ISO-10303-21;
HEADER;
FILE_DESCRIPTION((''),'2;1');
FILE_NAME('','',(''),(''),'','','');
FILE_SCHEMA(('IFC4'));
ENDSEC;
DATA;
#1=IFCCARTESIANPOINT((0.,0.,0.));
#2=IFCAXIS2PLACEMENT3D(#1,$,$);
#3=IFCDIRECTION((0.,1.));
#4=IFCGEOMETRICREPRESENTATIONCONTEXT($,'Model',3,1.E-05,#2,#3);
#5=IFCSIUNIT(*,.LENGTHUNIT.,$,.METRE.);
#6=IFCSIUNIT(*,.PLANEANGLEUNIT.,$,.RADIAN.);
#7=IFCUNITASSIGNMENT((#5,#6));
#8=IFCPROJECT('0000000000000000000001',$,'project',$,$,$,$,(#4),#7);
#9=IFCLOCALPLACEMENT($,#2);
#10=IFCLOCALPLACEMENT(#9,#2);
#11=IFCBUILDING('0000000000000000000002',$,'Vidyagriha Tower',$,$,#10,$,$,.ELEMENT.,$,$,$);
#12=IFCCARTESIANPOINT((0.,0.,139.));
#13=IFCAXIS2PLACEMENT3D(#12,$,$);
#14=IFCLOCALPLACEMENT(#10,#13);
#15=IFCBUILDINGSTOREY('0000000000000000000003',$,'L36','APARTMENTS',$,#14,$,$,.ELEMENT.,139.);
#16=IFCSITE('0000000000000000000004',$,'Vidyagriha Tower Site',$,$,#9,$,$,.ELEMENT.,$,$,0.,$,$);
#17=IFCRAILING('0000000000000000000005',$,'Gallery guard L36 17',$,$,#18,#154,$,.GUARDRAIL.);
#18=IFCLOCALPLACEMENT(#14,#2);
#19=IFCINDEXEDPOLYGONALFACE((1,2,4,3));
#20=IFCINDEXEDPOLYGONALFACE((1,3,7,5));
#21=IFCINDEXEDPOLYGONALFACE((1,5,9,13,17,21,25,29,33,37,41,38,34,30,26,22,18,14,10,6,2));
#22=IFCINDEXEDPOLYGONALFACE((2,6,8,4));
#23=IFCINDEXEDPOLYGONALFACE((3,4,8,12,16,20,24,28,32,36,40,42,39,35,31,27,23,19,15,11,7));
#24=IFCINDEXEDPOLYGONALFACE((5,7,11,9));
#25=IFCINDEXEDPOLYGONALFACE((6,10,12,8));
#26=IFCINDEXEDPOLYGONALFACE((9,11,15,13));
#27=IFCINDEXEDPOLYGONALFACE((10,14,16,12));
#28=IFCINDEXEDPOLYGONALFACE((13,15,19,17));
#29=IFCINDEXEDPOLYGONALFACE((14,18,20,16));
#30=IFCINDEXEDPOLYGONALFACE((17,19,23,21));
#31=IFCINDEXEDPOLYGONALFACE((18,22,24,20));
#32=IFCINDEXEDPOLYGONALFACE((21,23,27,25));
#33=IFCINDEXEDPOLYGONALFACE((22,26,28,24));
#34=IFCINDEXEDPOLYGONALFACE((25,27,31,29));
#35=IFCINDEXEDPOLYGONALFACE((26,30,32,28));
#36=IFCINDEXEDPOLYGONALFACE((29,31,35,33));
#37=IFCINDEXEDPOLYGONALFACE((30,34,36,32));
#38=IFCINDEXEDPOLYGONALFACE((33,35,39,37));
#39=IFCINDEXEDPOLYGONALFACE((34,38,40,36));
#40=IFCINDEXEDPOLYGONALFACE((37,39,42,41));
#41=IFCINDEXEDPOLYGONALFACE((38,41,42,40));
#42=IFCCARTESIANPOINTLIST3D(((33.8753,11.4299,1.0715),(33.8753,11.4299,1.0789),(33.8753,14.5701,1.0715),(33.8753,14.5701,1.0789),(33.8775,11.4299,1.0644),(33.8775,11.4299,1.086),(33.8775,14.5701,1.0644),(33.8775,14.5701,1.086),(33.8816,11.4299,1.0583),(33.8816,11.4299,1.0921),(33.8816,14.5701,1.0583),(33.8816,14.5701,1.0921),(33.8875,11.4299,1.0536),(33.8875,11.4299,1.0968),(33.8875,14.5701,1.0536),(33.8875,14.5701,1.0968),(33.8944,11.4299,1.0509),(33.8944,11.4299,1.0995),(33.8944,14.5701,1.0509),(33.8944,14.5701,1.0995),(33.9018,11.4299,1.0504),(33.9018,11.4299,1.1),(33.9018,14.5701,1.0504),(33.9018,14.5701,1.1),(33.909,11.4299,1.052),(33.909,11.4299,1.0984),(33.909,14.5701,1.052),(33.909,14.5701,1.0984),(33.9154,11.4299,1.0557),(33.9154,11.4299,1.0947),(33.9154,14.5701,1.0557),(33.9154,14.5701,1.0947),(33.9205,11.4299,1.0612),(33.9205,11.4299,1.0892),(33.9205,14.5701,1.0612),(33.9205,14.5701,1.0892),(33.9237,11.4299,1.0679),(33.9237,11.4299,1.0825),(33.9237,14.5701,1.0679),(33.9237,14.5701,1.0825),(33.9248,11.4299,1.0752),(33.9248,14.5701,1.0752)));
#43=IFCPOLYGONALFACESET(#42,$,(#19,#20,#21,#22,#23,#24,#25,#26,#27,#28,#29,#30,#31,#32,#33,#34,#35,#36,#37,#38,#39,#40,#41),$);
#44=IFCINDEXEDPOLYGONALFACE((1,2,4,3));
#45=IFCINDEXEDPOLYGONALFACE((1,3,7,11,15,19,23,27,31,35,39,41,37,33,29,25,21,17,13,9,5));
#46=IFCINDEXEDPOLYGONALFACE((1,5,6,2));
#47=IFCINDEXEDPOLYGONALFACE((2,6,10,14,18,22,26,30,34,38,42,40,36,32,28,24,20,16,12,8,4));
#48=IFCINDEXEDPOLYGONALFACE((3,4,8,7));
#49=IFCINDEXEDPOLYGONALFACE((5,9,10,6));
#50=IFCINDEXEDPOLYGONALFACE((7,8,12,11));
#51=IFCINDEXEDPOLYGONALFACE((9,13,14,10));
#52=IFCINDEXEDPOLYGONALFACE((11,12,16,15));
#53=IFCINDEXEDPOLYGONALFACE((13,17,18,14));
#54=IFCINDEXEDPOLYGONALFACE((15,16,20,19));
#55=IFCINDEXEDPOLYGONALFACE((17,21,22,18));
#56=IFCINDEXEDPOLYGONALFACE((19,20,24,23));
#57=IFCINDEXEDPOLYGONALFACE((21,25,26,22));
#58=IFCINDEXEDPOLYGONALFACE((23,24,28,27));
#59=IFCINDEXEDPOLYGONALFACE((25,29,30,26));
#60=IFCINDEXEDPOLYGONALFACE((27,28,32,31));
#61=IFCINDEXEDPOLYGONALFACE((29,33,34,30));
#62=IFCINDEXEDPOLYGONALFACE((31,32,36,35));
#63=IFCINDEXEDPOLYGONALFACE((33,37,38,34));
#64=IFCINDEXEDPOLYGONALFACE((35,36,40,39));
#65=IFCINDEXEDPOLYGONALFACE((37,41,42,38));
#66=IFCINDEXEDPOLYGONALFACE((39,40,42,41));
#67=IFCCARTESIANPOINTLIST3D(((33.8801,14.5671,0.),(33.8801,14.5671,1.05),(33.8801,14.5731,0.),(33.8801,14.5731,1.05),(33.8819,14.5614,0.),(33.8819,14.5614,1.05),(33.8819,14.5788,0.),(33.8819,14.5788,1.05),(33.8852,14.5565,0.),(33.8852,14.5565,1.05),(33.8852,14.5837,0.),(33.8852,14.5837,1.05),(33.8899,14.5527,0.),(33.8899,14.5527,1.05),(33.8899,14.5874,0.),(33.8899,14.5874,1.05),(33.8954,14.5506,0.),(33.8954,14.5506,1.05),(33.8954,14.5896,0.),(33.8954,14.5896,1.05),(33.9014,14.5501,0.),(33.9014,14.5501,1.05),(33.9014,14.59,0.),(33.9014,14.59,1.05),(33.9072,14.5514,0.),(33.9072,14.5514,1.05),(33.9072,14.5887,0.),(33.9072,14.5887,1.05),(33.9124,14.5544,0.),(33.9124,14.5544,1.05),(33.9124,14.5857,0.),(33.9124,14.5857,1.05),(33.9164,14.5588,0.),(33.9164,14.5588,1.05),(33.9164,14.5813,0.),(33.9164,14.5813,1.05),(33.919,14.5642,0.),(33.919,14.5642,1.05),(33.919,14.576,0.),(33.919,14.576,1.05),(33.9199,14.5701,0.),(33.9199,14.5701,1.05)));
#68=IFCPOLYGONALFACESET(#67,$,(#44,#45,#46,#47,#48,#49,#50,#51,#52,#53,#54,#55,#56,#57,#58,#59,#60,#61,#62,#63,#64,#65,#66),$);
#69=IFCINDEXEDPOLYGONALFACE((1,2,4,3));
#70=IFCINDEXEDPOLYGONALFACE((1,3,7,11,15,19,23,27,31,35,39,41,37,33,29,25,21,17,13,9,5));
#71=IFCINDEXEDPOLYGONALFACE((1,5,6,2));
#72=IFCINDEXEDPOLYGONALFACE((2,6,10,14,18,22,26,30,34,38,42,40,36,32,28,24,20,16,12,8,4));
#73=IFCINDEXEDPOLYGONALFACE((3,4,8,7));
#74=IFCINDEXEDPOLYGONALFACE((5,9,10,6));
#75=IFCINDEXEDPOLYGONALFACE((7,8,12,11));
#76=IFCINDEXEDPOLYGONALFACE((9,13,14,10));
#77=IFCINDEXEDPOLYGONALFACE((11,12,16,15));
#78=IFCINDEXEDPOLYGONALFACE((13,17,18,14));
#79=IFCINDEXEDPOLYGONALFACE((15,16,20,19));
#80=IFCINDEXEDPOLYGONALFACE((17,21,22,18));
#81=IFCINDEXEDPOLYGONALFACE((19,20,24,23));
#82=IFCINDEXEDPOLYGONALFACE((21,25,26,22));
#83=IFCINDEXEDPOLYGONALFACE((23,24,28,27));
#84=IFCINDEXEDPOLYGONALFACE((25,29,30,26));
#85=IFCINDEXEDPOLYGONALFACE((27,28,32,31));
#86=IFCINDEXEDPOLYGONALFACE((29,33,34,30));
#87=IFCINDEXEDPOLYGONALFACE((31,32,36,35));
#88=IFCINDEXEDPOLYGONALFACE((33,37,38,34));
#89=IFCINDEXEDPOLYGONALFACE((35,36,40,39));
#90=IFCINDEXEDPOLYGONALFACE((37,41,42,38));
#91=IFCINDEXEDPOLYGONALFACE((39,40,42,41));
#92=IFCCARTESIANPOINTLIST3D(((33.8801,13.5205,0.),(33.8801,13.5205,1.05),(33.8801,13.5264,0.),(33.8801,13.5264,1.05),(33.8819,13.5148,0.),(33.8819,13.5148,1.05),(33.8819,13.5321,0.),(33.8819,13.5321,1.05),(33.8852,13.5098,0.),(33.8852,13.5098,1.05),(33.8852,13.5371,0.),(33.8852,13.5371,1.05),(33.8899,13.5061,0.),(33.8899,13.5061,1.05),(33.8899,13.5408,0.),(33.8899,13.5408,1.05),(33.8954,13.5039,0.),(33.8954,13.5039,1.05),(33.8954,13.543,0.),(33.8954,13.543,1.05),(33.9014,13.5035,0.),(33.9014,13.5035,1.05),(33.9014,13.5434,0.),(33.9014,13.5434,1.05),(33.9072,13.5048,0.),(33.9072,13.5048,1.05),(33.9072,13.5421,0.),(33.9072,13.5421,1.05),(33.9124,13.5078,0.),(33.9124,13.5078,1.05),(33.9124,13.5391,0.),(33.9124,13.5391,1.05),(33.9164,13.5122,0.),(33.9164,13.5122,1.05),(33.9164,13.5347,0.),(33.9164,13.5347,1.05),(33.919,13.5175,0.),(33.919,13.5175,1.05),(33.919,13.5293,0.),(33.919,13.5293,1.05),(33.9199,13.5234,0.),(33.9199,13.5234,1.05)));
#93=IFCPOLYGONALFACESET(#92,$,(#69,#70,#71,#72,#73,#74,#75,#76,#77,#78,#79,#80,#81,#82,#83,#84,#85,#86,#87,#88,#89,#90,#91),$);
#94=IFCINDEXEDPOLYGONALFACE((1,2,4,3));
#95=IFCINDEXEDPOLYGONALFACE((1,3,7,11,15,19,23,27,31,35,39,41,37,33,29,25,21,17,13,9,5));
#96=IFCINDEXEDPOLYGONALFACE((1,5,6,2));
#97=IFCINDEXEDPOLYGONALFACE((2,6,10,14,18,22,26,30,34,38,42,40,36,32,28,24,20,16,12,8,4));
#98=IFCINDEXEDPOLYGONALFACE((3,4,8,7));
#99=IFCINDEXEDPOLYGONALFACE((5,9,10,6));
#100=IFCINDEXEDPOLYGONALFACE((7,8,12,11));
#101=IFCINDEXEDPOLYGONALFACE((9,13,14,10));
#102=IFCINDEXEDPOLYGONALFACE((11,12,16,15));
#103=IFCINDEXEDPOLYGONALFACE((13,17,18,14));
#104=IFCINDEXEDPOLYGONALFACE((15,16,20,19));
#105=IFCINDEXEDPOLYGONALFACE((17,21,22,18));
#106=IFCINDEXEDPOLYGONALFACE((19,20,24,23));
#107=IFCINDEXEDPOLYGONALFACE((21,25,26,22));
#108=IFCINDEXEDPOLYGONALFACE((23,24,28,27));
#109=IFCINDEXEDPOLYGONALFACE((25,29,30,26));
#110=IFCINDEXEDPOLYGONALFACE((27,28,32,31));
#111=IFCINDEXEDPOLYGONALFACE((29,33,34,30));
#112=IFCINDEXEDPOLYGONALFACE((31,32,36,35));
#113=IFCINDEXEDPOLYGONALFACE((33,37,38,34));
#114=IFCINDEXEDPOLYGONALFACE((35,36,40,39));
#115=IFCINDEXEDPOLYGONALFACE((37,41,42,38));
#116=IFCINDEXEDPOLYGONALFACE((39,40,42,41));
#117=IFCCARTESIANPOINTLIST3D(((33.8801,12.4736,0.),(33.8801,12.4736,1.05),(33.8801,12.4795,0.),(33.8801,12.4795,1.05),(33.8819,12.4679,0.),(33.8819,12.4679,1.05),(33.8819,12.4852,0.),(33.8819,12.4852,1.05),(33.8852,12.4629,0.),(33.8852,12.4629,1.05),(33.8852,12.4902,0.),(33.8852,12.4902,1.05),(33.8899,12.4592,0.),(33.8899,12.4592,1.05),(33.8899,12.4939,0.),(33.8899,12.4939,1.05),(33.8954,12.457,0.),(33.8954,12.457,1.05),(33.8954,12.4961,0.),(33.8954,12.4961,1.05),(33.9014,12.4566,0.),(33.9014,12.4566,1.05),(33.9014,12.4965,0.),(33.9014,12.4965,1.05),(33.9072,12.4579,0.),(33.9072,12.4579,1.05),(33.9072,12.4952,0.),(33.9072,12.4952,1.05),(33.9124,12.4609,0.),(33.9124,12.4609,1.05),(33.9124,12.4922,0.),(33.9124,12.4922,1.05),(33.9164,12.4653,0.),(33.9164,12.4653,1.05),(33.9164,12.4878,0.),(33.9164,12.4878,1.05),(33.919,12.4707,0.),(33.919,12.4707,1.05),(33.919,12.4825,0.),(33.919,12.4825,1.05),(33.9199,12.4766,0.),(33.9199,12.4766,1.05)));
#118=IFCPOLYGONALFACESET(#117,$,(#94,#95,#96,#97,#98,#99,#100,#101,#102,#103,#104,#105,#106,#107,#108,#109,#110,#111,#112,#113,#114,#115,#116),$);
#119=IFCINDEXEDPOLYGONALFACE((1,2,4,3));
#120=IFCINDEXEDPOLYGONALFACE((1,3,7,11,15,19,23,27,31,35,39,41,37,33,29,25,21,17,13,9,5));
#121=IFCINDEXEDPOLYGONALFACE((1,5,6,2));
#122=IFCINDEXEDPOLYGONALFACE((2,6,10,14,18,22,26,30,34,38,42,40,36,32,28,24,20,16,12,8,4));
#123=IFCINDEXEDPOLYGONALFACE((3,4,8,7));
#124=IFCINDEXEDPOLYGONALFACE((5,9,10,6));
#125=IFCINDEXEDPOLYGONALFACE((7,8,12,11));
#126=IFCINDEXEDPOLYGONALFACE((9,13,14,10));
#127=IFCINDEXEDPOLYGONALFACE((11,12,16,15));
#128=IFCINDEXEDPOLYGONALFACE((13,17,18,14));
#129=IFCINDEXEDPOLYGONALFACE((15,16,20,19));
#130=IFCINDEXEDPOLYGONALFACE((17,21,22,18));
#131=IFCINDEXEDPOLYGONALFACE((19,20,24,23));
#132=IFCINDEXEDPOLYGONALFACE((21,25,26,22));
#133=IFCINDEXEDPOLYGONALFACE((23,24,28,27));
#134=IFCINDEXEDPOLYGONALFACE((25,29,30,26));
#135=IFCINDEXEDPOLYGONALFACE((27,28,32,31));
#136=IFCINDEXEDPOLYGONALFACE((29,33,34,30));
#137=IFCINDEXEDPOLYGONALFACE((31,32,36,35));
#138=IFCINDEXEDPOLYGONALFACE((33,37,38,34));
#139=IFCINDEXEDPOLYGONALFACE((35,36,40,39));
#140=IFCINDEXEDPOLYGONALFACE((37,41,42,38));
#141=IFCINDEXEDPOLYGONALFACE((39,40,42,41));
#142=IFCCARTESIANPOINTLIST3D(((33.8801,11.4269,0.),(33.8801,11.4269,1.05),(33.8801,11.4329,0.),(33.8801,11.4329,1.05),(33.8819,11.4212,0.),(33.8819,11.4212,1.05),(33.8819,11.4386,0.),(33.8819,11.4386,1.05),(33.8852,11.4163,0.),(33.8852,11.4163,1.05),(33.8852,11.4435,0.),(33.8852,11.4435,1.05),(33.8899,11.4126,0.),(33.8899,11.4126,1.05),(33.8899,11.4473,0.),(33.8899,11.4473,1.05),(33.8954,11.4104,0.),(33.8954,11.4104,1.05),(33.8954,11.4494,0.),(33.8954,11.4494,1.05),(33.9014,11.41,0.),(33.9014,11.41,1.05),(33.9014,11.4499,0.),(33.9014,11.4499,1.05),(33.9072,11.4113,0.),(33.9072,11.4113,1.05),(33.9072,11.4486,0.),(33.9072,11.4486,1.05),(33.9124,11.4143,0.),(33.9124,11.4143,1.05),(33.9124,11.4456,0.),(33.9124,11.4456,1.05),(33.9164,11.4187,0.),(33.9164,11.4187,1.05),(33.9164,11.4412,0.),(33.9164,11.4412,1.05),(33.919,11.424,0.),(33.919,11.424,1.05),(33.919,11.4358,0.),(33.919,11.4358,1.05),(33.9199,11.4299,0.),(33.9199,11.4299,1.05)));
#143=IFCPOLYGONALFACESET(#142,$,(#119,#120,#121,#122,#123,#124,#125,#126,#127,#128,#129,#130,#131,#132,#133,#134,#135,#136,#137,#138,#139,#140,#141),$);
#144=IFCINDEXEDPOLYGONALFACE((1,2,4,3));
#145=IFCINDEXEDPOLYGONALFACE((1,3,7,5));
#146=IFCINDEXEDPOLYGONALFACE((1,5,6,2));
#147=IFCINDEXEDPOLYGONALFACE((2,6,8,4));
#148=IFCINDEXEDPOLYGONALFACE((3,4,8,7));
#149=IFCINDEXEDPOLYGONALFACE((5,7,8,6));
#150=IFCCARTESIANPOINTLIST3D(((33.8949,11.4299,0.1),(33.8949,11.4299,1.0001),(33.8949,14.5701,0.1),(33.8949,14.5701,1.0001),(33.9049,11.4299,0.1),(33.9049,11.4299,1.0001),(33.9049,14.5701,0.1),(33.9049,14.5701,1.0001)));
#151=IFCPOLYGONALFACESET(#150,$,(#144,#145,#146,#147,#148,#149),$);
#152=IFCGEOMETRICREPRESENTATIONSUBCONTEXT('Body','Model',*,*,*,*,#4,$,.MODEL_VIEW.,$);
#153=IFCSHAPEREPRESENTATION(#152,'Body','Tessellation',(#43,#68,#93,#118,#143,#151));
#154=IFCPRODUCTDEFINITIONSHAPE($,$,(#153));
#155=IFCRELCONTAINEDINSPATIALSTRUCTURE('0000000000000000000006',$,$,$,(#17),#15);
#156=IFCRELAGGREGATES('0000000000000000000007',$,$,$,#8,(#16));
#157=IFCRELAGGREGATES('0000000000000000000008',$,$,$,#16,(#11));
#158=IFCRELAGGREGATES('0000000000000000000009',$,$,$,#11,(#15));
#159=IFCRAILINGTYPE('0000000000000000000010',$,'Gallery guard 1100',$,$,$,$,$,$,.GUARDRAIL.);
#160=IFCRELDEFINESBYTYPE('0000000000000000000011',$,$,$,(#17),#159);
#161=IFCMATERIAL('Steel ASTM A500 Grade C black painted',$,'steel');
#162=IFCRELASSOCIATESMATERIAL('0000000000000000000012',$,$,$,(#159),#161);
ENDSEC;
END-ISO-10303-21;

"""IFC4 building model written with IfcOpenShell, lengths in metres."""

from ifc_helpers import new_model, si_unit, direction, frame, origin, origin_2d, place, context, subcontext, project, spatial, rectangle, circle, extrude, material, type_object, element, save


model = new_model("IFC4")

# Units and contexts
model_context = context("Model", 3, precision=1e-05, world=origin(), true_north=direction((0.0, 1.0)))
body_context = subcontext(model_context, "Body", "Model", "MODEL_VIEW")
ifc_project = project(units=[si_unit("LENGTHUNIT", "METRE"), si_unit("PLANEANGLEUNIT", "RADIAN")], contexts=[model_context])

# Site, building, storey
site_placement = place(None, origin())
site = spatial("IfcSite", under=ifc_project, at=site_placement, Name="Vidyagriha Tower Site", CompositionType="ELEMENT", RefElevation=0.0)
building_placement = place(site_placement, origin())
building = spatial("IfcBuilding", under=site, at=building_placement, Name="Vidyagriha Tower", CompositionType="ELEMENT")
storey_placement = place(building_placement, frame((0.0, 0.0, 139.0)))
storey = spatial("IfcBuildingStorey", under=building, at=storey_placement, Name="L36", Description="APARTMENTS", CompositionType="ELEMENT", Elevation=139.0)

# Railing
ifc_material_1 = material(Name="Steel ASTM A500 Grade C black painted", Category="steel")
railing_type = type_object("IfcRailingType", Name="Gallery guard 1100", PredefinedType="GUARDRAIL", material=ifc_material_1)
railing_1_placement = place(storey_placement, frame((33.8999, 14.5701, 0.0)))
element("IfcRailing", 1, at=railing_1_placement, inside=storey, type_object=railing_type, Name="Gallery guard L36 17", PredefinedType="GUARDRAIL", context=body_context, shape_type="SweptSolid", body=[
    extrude(circle(Radius=0.0249, at=origin_2d()), frame((0.0, 0.0, 1.0752), z_axis=(0.0, -1.0, 0.0), x_axis=(1.0, 0.0, 0.0)), (0.0, 0.0, 1.0), 3.1401),
    extrude(circle(Radius=0.02, at=origin_2d()), origin(), (0.0, 0.0, 1.0), 1.05),
    extrude(circle(Radius=0.02, at=origin_2d()), frame((0.0, -1.0466, 0.0)), (0.0, 0.0, 1.0), 1.05),
    extrude(circle(Radius=0.02, at=origin_2d()), frame((0.0, -2.0935, 0.0)), (0.0, 0.0, 1.0), 1.05),
    extrude(circle(Radius=0.02, at=origin_2d()), frame((0.0, -3.1401, 0.0)), (0.0, 0.0, 1.0), 1.05),
    extrude(rectangle(XDim=0.01, YDim=0.9001, at=origin_2d()), frame((0.0, 0.0, 0.55), z_axis=(0.0, -1.0, 0.0), x_axis=(1.0, 0.0, 0.0)), (0.0, 0.0, 1.0), 3.1401),
])

save(model, "model.ifc")
